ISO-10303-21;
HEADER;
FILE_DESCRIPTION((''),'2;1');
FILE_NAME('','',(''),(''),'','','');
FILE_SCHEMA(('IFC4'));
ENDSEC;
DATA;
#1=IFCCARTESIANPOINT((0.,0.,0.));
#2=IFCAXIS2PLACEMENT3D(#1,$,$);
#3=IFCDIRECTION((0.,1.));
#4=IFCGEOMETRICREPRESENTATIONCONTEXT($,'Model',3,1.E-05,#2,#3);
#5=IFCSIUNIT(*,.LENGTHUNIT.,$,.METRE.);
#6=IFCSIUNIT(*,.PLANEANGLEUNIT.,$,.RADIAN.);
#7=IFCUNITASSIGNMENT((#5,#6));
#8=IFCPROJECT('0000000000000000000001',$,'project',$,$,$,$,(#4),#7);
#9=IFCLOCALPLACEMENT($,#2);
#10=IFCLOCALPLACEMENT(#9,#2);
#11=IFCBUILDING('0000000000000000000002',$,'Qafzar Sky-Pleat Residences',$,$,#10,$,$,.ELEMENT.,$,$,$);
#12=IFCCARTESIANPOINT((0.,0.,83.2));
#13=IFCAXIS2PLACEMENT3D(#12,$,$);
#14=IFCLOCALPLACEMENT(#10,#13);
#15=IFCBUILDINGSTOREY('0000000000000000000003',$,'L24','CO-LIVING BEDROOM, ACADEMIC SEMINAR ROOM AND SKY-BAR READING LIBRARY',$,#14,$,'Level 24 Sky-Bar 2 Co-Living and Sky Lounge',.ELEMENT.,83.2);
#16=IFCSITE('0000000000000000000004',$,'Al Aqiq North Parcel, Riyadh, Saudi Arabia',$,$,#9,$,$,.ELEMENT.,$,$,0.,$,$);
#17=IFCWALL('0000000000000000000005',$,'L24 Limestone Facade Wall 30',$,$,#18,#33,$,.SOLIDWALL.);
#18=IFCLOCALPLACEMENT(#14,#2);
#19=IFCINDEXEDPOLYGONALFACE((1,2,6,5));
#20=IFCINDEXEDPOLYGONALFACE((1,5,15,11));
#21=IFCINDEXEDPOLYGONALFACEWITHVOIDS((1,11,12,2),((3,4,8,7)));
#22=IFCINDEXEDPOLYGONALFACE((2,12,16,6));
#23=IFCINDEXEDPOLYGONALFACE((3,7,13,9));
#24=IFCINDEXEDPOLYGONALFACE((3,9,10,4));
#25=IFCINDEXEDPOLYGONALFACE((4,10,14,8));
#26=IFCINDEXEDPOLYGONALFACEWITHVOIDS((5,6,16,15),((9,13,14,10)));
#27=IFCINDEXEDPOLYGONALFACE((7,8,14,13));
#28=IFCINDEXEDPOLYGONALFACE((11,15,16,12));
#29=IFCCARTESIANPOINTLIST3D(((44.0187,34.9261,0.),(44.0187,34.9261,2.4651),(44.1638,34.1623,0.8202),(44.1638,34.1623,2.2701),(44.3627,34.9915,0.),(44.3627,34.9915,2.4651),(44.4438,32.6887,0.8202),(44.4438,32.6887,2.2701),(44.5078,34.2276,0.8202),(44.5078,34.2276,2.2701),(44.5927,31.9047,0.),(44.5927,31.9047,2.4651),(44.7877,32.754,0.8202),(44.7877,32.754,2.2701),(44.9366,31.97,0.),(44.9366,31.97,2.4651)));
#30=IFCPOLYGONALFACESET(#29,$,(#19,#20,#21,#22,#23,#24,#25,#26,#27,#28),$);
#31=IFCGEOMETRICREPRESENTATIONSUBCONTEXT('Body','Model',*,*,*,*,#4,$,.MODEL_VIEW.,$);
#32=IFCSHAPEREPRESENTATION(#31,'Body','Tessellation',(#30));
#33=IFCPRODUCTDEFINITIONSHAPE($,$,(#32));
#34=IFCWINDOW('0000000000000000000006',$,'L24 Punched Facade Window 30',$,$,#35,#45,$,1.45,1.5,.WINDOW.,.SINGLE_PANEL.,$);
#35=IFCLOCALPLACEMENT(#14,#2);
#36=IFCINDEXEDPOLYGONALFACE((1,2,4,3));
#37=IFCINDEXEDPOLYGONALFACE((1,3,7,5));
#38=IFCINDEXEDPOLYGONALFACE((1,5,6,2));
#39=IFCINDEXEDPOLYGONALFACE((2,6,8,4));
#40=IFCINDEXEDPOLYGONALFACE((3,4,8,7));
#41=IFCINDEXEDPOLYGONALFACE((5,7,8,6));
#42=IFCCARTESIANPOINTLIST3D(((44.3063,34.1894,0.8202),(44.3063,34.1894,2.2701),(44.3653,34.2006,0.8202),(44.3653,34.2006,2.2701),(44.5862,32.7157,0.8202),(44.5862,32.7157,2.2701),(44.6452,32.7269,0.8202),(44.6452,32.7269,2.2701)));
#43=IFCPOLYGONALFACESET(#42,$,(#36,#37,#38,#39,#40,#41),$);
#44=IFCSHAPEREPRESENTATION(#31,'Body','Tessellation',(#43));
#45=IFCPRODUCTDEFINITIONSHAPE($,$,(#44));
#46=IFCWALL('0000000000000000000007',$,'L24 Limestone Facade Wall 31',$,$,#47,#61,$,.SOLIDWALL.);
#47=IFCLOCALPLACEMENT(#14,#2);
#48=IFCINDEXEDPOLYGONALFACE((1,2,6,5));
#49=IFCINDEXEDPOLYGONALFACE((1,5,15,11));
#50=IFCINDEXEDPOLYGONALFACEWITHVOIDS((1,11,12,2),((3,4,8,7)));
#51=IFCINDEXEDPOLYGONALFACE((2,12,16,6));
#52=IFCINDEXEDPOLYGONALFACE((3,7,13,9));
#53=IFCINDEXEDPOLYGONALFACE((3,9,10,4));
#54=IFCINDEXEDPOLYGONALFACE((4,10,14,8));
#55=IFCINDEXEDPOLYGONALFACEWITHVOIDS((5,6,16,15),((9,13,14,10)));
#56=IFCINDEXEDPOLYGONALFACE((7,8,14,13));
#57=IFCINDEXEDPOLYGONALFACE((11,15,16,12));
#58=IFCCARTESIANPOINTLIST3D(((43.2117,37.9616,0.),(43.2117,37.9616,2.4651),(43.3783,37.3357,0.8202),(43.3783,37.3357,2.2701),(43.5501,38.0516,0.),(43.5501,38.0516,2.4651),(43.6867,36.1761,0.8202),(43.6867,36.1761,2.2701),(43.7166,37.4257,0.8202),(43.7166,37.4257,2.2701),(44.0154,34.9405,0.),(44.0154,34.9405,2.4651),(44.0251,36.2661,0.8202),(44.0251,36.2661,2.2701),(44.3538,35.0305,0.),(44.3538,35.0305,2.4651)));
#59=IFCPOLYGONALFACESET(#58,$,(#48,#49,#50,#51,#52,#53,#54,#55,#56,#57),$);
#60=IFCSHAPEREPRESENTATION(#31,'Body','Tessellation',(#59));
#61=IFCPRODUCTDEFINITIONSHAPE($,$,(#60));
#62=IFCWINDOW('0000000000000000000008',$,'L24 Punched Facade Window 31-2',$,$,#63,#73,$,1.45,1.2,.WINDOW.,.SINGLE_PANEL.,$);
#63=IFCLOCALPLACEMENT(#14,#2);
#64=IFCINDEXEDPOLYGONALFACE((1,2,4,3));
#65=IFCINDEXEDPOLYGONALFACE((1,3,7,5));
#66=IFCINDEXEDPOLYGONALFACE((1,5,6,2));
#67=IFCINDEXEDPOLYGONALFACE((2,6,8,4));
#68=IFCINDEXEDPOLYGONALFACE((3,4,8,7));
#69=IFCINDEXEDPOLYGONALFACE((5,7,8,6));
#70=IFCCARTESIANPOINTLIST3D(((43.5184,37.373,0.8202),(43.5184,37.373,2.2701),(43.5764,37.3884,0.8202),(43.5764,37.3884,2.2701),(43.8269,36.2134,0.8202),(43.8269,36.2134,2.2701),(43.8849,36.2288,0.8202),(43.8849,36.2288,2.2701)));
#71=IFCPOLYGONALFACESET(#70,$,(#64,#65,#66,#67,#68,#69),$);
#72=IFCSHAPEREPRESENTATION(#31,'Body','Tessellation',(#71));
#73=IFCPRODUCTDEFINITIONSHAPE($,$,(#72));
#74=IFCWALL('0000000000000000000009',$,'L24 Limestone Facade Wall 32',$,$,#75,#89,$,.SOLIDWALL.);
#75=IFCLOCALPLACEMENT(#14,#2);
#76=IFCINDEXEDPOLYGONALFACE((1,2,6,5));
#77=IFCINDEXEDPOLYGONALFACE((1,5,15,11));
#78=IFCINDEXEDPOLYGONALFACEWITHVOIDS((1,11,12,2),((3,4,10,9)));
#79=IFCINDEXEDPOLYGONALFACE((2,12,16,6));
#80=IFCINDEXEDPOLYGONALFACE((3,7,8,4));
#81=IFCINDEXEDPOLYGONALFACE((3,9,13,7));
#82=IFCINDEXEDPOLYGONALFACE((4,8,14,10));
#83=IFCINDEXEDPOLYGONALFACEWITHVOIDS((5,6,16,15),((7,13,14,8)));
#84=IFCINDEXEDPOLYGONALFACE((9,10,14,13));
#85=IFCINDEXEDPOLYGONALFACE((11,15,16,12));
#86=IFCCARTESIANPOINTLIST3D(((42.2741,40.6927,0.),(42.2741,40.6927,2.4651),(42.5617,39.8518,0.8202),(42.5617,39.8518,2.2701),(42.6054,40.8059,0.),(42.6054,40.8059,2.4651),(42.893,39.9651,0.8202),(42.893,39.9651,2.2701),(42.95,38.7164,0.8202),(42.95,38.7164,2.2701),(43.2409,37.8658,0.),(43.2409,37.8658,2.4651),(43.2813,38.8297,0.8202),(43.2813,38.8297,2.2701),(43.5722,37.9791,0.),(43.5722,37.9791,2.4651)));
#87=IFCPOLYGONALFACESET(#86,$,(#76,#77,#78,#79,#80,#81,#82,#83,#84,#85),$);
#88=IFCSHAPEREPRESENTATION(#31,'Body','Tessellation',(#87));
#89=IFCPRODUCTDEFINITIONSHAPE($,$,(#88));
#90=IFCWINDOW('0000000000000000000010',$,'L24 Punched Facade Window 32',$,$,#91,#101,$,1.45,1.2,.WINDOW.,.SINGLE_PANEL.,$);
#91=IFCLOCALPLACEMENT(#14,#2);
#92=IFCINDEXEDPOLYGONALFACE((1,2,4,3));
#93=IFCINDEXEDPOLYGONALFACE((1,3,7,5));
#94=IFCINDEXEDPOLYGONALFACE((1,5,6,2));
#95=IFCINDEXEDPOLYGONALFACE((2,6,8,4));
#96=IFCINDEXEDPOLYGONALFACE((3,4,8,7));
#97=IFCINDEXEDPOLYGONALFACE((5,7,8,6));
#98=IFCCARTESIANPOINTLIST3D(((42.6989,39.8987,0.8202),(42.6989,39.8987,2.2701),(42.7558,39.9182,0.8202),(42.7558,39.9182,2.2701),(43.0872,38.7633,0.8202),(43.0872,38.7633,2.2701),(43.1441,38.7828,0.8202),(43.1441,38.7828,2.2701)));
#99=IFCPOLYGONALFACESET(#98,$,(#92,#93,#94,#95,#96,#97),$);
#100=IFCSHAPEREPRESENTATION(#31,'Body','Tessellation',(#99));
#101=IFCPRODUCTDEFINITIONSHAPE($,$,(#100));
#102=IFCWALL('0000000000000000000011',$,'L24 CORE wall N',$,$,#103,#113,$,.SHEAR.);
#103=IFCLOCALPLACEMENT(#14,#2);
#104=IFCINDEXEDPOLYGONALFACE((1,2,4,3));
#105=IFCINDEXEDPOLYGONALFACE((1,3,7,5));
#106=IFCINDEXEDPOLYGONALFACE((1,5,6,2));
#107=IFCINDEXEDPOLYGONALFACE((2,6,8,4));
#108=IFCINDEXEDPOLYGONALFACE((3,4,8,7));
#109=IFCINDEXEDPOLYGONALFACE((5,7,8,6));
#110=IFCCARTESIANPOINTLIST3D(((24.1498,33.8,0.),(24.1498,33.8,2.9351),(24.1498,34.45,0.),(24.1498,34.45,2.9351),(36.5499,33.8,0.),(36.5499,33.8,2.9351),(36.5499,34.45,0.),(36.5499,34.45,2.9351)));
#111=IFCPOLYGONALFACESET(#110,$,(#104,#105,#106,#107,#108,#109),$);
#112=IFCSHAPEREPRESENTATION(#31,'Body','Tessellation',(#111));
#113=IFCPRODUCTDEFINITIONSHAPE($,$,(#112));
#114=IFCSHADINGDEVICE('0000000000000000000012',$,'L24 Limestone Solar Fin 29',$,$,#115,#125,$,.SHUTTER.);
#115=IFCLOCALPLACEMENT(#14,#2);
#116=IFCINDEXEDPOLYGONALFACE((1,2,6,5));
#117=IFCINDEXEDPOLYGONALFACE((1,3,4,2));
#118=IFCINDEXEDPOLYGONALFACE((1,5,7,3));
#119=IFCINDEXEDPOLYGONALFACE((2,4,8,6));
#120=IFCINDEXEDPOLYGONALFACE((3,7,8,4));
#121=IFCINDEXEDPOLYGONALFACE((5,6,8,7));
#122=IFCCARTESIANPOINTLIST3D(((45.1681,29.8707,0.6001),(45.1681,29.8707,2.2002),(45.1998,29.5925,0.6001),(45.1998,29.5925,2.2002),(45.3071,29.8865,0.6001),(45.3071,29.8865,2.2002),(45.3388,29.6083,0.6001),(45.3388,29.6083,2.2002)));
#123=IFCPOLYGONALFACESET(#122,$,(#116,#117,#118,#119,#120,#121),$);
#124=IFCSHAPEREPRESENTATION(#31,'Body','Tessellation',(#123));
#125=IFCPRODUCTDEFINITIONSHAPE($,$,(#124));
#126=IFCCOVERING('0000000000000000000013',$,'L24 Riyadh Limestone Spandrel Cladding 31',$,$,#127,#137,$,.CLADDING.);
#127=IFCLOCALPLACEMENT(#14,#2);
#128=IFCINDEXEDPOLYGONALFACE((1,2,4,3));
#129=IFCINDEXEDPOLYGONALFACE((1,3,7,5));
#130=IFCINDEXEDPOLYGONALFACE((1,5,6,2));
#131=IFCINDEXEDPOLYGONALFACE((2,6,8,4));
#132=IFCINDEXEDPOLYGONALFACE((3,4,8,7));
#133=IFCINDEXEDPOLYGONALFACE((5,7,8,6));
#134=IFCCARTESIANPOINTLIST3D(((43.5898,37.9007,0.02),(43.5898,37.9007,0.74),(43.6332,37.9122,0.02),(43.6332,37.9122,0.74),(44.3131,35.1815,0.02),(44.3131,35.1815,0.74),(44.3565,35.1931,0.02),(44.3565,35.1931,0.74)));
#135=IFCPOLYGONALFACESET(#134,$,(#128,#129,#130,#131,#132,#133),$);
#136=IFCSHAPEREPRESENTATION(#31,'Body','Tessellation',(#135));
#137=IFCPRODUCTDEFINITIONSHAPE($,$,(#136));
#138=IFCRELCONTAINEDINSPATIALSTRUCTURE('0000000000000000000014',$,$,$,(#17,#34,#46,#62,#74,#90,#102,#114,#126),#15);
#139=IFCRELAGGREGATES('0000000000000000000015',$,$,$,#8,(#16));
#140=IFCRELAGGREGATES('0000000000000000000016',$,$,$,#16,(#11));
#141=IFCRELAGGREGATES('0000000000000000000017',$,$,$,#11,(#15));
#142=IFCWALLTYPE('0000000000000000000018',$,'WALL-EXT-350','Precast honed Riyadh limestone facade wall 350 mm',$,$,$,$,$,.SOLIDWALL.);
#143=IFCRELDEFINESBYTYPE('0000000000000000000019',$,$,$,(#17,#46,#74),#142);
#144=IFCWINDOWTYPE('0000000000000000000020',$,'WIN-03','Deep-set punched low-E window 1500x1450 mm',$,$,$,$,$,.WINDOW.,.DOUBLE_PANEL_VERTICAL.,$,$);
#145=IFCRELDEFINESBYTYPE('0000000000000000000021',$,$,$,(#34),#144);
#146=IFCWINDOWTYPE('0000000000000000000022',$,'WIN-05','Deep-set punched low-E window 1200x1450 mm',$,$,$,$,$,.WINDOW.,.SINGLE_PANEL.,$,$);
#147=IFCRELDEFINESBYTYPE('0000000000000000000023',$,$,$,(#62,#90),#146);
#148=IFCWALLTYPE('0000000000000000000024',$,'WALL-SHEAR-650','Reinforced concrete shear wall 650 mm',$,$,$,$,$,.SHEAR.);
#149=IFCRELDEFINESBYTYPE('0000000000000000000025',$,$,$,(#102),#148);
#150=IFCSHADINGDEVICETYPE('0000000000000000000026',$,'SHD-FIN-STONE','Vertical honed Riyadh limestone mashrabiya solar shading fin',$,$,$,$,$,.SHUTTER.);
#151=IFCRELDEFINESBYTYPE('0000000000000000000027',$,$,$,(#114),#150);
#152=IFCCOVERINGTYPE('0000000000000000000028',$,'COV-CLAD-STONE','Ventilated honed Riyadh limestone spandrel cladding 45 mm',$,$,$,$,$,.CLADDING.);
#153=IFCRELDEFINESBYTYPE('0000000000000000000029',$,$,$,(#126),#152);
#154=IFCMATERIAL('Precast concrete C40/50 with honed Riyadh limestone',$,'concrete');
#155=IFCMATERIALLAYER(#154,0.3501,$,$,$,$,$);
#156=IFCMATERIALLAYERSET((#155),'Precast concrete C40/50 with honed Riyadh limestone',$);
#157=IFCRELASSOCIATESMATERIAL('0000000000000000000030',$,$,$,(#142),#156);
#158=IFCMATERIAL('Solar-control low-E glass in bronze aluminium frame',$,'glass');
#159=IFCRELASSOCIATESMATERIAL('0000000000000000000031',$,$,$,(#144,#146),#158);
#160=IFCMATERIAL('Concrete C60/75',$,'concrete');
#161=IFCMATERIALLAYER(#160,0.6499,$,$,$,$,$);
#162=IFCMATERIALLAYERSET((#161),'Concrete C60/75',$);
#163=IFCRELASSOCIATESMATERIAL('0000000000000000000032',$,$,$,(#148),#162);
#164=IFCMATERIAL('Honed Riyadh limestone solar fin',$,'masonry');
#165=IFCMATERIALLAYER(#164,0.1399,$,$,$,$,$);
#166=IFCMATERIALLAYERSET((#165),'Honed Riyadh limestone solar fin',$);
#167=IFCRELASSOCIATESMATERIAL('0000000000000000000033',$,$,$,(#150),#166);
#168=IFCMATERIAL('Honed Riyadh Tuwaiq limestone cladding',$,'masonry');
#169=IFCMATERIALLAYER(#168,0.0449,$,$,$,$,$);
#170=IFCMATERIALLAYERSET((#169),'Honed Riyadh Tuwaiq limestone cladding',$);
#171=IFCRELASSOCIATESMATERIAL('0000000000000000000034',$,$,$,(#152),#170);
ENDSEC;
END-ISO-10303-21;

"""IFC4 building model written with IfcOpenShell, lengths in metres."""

from ifc_helpers import new_model, si_unit, direction, frame, frame_2d, origin, origin_2d, place, context, subcontext, project, spatial, rectangle, extrude, source, transform, mapped, material, layer, layer_set, type_object, element, fill, save


model = new_model("IFC4")

# Units and contexts
model_context = context("Model", 3, precision=1e-05, world=origin(), true_north=direction((0.0, 1.0)))
body_context = subcontext(model_context, "Body", "Model", "MODEL_VIEW")
ifc_project = project(units=[si_unit("LENGTHUNIT", "METRE"), si_unit("PLANEANGLEUNIT", "RADIAN")], contexts=[model_context])

# Site, building, storey
site_placement = place(None, origin())
site = spatial("IfcSite", under=ifc_project, at=site_placement, Name="Al Aqiq North Parcel, Riyadh, Saudi Arabia", CompositionType="ELEMENT", RefElevation=0.0)
building_placement = place(site_placement, origin())
building = spatial("IfcBuilding", under=site, at=building_placement, Name="Qafzar Sky-Pleat Residences", CompositionType="ELEMENT")
storey_placement = place(building_placement, frame((0.0, 0.0, 83.2)))
storey = spatial("IfcBuildingStorey", under=building, at=storey_placement, Name="L24", Description="CO-LIVING BEDROOM, ACADEMIC SEMINAR ROOM AND SKY-BAR READING LIBRARY", LongName="Level 24 Sky-Bar 2 Co-Living and Sky Lounge", CompositionType="ELEMENT", Elevation=83.2)

# Shared definitions
ifc_material_1 = material(Name="Concrete C60/75", Category="concrete")

# Walls, openings, windows
ifc_material_2 = material(Name="Precast concrete C40/50 with honed Riyadh limestone", Category="concrete")
ifc_layer_1 = layer(ifc_material_2, 0.3501)
ifc_layer_set_1 = layer_set([ifc_layer_1], Name="Precast concrete C40/50 with honed Riyadh limestone")
wall_type_1 = type_object("IfcWallType", Name="WALL-EXT-350", Description="Precast honed Riyadh limestone facade wall 350 mm", PredefinedType="SOLIDWALL", material=ifc_layer_set_1)
ifc_material_3 = material(Name="Solar-control low-E glass in bronze aluminium frame", Category="glass")
wall_1_placement = place(storey_placement, frame((44.7646, 31.9375, 0.0), z_axis=(0.0, 0.0, 1.0), x_axis=(-0.186627, 0.982431, 0.0)))
wall_1 = element("IfcWall", 1, at=wall_1_placement, inside=storey, type_object=wall_type_1, Name="L24 Limestone Facade Wall 30", PredefinedType="SOLIDWALL", context=body_context, shape_type="SweptSolid", body=[
    extrude(rectangle(XDim=3.0754, YDim=0.3501, at=frame_2d((1.5376, 0.0))), origin(), (0.0, 0.0, 1.0), 2.4651),
])
opening_1_placement = place(wall_1_placement, frame((0.7979, 0.0, 0.8201)))
opening_1 = element("IfcOpeningElement", 2, at=opening_1_placement, cuts=wall_1, PredefinedType="OPENING", context=body_context, shape_type="SweptSolid", body=[
    extrude(rectangle(XDim=1.5, YDim=1.45, at=frame_2d((0.75, 0.7251))), frame((0.0, 0.1851, 0.0), z_axis=(0.0, -1.0, 0.0), x_axis=(1.0, 0.0, 0.0)), (0.0, 0.0, 1.0), 0.3701),
])
window_type_1 = type_object("IfcWindowType", Name="WIN-03", Description="Deep-set punched low-E window 1500x1450 mm", PartitioningType="DOUBLE_PANEL_VERTICAL", PredefinedType="WINDOW", material=ifc_material_3)
shared_shape_1 = source(origin(), body_context, "Body", "SweptSolid", [
    extrude(rectangle(XDim=1.5, YDim=1.45, at=frame_2d((0.75, 0.7251))), frame((0.0, 0.03, 0.0), z_axis=(0.0, -1.0, 0.0), x_axis=(1.0, 0.0, 0.0)), (0.0, 0.0, 1.0), 0.0601),
])
window_1_placement = place(opening_1_placement, origin())
window_1 = element("IfcWindow", 3, at=window_1_placement, inside=storey, type_object=window_type_1, Name="L24 Punched Facade Window 30", OverallHeight=1.45, OverallWidth=1.5, PartitioningType="SINGLE_PANEL", PredefinedType="WINDOW", context=body_context, shape_type="MappedRepresentation", body=[
    mapped(shared_shape_1, transform((0.0, 0.0, 0.0), x_axis=(1.0, 0.0, 0.0), y_axis=(0.0, 1.0, 0.0), z_axis=(0.0, 0.0, 1.0), scale=1.0)),
])
fill(opening_1, window_1)
wall_2_placement = place(storey_placement, frame((44.1846, 34.9856, 0.0), z_axis=(0.0, 0.0, 1.0), x_axis=(-0.257079, 0.96639, 0.0)))
wall_2 = element("IfcWall", 4, at=wall_2_placement, inside=storey, type_object=wall_type_1, Name="L24 Limestone Facade Wall 31", PredefinedType="SOLIDWALL", context=body_context, shape_type="SweptSolid", body=[
    extrude(rectangle(XDim=3.1262, YDim=0.3501, at=frame_2d((1.563, 0.0))), origin(), (0.0, 0.0, 1.0), 2.4651),
])
opening_2_placement = place(wall_2_placement, frame((1.2783, 0.0, 0.8201)))
opening_2 = element("IfcOpeningElement", 5, at=opening_2_placement, cuts=wall_2, PredefinedType="OPENING", context=body_context, shape_type="SweptSolid", body=[
    extrude(rectangle(XDim=1.2, YDim=1.45, at=frame_2d((0.6001, 0.7251))), frame((0.0, 0.1851, 0.0), z_axis=(0.0, -1.0, 0.0), x_axis=(1.0, 0.0, 0.0)), (0.0, 0.0, 1.0), 0.3701),
])
window_type_2 = type_object("IfcWindowType", Name="WIN-05", Description="Deep-set punched low-E window 1200x1450 mm", PartitioningType="SINGLE_PANEL", PredefinedType="WINDOW", material=ifc_material_3)
shared_shape_2 = source(origin(), body_context, "Body", "SweptSolid", [
    extrude(rectangle(XDim=1.2, YDim=1.45, at=frame_2d((0.6001, 0.7251))), frame((0.0, 0.03, 0.0), z_axis=(0.0, -1.0, 0.0), x_axis=(1.0, 0.0, 0.0)), (0.0, 0.0, 1.0), 0.0601),
])
window_2_placement = place(opening_2_placement, origin())
window_2 = element("IfcWindow", 6, at=window_2_placement, inside=storey, type_object=window_type_2, Name="L24 Punched Facade Window 31-2", OverallHeight=1.45, OverallWidth=1.2, PartitioningType="SINGLE_PANEL", PredefinedType="WINDOW", context=body_context, shape_type="MappedRepresentation", body=[
    mapped(shared_shape_2, transform((0.0, 0.0, 0.0), x_axis=(1.0, 0.0, 0.0), y_axis=(0.0, 1.0, 0.0), z_axis=(0.0, 0.0, 1.0), scale=1.0)),
])
fill(opening_2, window_2)
wall_3_placement = place(storey_placement, frame((43.4065, 37.9226, 0.0), z_axis=(0.0, 0.0, 1.0), x_axis=(-0.323597, 0.946195, 0.0)))
wall_3 = element("IfcWall", 7, at=wall_3_placement, inside=storey, type_object=wall_type_1, Name="L24 Limestone Facade Wall 32", PredefinedType="SOLIDWALL", context=body_context, shape_type="SweptSolid", body=[
    extrude(rectangle(XDim=2.9875, YDim=0.3501, at=frame_2d((1.4937, 0.0))), origin(), (0.0, 0.0, 1.0), 2.4651),
])
opening_3_placement = place(wall_3_placement, frame((0.8987, 0.0, 0.8201)))
opening_3 = element("IfcOpeningElement", 8, at=opening_3_placement, cuts=wall_3, PredefinedType="OPENING", context=body_context, shape_type="SweptSolid", body=[
    extrude(rectangle(XDim=1.2, YDim=1.45, at=frame_2d((0.6001, 0.7251))), frame((0.0, 0.1851, 0.0), z_axis=(0.0, -1.0, 0.0), x_axis=(1.0, 0.0, 0.0)), (0.0, 0.0, 1.0), 0.3701),
])
window_3_placement = place(opening_3_placement, origin())
window_3 = element("IfcWindow", 9, at=window_3_placement, inside=storey, type_object=window_type_2, Name="L24 Punched Facade Window 32", OverallHeight=1.45, OverallWidth=1.2, PartitioningType="SINGLE_PANEL", PredefinedType="WINDOW", context=body_context, shape_type="MappedRepresentation", body=[
    mapped(shared_shape_2, transform((0.0, 0.0, 0.0), x_axis=(1.0, 0.0, 0.0), y_axis=(0.0, 1.0, 0.0), z_axis=(0.0, 0.0, 1.0), scale=1.0)),
])
fill(opening_3, window_3)

# Wall
ifc_layer_2 = layer(ifc_material_1, 0.6499)
ifc_layer_set_2 = layer_set([ifc_layer_2], Name="Concrete C60/75")
wall_type_2 = type_object("IfcWallType", Name="WALL-SHEAR-650", Description="Reinforced concrete shear wall 650 mm", PredefinedType="SHEAR", material=ifc_layer_set_2)
wall_4_placement = place(storey_placement, frame((36.55, 34.125, 0.0), z_axis=(0.0, 0.0, 1.0), x_axis=(-1.0, 0.0, 0.0)))
element("IfcWall", 10, at=wall_4_placement, inside=storey, type_object=wall_type_2, Name="L24 CORE wall N", PredefinedType="SHEAR", context=body_context, shape_type="SweptSolid", body=[
    extrude(rectangle(XDim=12.4001, YDim=0.6499, at=frame_2d((6.2002, 0.0))), origin(), (0.0, 0.0, 1.0), 2.9351),
])

# Shading device
ifc_material_4 = material(Name="Honed Riyadh limestone solar fin", Category="masonry")
ifc_layer_3 = layer(ifc_material_4, 0.1399)
ifc_layer_set_3 = layer_set([ifc_layer_3], Name="Honed Riyadh limestone solar fin")
shading_device_type = type_object("IfcShadingDeviceType", Name="SHD-FIN-STONE", Description="Vertical honed Riyadh limestone mashrabiya solar shading fin", PredefinedType="SHUTTER", material=ifc_layer_set_3)
shared_shape_3 = source(origin(), body_context, "Body", "SweptSolid", [
    extrude(rectangle(XDim=0.1399, YDim=0.28, at=origin_2d()), origin(), (0.0, 0.0, 1.0), 1.6001),
])
shading_device_placement = place(storey_placement, frame((45.2534, 29.7395, 0.6001), z_axis=(0.0, 0.0, 1.0), x_axis=(0.993562, 0.113288, 0.0)))
element("IfcShadingDevice", 11, at=shading_device_placement, inside=storey, type_object=shading_device_type, Name="L24 Limestone Solar Fin 29", PredefinedType="SHUTTER", context=body_context, shape_type="MappedRepresentation", body=[
    mapped(shared_shape_3, transform((0.0, 0.0, 0.0), x_axis=(1.0, 0.0, 0.0), y_axis=(0.0, 1.0, 0.0), z_axis=(0.0, 0.0, 1.0), scale=1.0)),
])

# Covering
ifc_material_5 = material(Name="Honed Riyadh Tuwaiq limestone cladding", Category="masonry")
ifc_layer_4 = layer(ifc_material_5, 0.0449)
ifc_layer_set_4 = layer_set([ifc_layer_4], Name="Honed Riyadh Tuwaiq limestone cladding")
covering_type = type_object("IfcCoveringType", Name="COV-CLAD-STONE", Description="Ventilated honed Riyadh limestone spandrel cladding 45 mm", PredefinedType="CLADDING", material=ifc_layer_set_4)
shared_shape_4 = source(origin(), body_context, "Body", "SweptSolid", [
    extrude(rectangle(XDim=2.8137, YDim=0.0449, at=origin_2d()), origin(), (0.0, 0.0, 1.0), 0.72),
])
covering_placement = place(storey_placement, frame((43.9731, 36.5469, 0.02), z_axis=(0.0, 0.0, 1.0), x_axis=(-0.257049, 0.966398, 0.0)))
element("IfcCovering", 12, at=covering_placement, inside=storey, type_object=covering_type, Name="L24 Riyadh Limestone Spandrel Cladding 31", PredefinedType="CLADDING", context=body_context, shape_type="MappedRepresentation", body=[
    mapped(shared_shape_4, transform((0.0, 0.0, 0.0), x_axis=(1.0, 0.0, 0.0), y_axis=(0.0, 1.0, 0.0), z_axis=(0.0, 0.0, 1.0), scale=1.0)),
])

save(model, "model.ifc")
